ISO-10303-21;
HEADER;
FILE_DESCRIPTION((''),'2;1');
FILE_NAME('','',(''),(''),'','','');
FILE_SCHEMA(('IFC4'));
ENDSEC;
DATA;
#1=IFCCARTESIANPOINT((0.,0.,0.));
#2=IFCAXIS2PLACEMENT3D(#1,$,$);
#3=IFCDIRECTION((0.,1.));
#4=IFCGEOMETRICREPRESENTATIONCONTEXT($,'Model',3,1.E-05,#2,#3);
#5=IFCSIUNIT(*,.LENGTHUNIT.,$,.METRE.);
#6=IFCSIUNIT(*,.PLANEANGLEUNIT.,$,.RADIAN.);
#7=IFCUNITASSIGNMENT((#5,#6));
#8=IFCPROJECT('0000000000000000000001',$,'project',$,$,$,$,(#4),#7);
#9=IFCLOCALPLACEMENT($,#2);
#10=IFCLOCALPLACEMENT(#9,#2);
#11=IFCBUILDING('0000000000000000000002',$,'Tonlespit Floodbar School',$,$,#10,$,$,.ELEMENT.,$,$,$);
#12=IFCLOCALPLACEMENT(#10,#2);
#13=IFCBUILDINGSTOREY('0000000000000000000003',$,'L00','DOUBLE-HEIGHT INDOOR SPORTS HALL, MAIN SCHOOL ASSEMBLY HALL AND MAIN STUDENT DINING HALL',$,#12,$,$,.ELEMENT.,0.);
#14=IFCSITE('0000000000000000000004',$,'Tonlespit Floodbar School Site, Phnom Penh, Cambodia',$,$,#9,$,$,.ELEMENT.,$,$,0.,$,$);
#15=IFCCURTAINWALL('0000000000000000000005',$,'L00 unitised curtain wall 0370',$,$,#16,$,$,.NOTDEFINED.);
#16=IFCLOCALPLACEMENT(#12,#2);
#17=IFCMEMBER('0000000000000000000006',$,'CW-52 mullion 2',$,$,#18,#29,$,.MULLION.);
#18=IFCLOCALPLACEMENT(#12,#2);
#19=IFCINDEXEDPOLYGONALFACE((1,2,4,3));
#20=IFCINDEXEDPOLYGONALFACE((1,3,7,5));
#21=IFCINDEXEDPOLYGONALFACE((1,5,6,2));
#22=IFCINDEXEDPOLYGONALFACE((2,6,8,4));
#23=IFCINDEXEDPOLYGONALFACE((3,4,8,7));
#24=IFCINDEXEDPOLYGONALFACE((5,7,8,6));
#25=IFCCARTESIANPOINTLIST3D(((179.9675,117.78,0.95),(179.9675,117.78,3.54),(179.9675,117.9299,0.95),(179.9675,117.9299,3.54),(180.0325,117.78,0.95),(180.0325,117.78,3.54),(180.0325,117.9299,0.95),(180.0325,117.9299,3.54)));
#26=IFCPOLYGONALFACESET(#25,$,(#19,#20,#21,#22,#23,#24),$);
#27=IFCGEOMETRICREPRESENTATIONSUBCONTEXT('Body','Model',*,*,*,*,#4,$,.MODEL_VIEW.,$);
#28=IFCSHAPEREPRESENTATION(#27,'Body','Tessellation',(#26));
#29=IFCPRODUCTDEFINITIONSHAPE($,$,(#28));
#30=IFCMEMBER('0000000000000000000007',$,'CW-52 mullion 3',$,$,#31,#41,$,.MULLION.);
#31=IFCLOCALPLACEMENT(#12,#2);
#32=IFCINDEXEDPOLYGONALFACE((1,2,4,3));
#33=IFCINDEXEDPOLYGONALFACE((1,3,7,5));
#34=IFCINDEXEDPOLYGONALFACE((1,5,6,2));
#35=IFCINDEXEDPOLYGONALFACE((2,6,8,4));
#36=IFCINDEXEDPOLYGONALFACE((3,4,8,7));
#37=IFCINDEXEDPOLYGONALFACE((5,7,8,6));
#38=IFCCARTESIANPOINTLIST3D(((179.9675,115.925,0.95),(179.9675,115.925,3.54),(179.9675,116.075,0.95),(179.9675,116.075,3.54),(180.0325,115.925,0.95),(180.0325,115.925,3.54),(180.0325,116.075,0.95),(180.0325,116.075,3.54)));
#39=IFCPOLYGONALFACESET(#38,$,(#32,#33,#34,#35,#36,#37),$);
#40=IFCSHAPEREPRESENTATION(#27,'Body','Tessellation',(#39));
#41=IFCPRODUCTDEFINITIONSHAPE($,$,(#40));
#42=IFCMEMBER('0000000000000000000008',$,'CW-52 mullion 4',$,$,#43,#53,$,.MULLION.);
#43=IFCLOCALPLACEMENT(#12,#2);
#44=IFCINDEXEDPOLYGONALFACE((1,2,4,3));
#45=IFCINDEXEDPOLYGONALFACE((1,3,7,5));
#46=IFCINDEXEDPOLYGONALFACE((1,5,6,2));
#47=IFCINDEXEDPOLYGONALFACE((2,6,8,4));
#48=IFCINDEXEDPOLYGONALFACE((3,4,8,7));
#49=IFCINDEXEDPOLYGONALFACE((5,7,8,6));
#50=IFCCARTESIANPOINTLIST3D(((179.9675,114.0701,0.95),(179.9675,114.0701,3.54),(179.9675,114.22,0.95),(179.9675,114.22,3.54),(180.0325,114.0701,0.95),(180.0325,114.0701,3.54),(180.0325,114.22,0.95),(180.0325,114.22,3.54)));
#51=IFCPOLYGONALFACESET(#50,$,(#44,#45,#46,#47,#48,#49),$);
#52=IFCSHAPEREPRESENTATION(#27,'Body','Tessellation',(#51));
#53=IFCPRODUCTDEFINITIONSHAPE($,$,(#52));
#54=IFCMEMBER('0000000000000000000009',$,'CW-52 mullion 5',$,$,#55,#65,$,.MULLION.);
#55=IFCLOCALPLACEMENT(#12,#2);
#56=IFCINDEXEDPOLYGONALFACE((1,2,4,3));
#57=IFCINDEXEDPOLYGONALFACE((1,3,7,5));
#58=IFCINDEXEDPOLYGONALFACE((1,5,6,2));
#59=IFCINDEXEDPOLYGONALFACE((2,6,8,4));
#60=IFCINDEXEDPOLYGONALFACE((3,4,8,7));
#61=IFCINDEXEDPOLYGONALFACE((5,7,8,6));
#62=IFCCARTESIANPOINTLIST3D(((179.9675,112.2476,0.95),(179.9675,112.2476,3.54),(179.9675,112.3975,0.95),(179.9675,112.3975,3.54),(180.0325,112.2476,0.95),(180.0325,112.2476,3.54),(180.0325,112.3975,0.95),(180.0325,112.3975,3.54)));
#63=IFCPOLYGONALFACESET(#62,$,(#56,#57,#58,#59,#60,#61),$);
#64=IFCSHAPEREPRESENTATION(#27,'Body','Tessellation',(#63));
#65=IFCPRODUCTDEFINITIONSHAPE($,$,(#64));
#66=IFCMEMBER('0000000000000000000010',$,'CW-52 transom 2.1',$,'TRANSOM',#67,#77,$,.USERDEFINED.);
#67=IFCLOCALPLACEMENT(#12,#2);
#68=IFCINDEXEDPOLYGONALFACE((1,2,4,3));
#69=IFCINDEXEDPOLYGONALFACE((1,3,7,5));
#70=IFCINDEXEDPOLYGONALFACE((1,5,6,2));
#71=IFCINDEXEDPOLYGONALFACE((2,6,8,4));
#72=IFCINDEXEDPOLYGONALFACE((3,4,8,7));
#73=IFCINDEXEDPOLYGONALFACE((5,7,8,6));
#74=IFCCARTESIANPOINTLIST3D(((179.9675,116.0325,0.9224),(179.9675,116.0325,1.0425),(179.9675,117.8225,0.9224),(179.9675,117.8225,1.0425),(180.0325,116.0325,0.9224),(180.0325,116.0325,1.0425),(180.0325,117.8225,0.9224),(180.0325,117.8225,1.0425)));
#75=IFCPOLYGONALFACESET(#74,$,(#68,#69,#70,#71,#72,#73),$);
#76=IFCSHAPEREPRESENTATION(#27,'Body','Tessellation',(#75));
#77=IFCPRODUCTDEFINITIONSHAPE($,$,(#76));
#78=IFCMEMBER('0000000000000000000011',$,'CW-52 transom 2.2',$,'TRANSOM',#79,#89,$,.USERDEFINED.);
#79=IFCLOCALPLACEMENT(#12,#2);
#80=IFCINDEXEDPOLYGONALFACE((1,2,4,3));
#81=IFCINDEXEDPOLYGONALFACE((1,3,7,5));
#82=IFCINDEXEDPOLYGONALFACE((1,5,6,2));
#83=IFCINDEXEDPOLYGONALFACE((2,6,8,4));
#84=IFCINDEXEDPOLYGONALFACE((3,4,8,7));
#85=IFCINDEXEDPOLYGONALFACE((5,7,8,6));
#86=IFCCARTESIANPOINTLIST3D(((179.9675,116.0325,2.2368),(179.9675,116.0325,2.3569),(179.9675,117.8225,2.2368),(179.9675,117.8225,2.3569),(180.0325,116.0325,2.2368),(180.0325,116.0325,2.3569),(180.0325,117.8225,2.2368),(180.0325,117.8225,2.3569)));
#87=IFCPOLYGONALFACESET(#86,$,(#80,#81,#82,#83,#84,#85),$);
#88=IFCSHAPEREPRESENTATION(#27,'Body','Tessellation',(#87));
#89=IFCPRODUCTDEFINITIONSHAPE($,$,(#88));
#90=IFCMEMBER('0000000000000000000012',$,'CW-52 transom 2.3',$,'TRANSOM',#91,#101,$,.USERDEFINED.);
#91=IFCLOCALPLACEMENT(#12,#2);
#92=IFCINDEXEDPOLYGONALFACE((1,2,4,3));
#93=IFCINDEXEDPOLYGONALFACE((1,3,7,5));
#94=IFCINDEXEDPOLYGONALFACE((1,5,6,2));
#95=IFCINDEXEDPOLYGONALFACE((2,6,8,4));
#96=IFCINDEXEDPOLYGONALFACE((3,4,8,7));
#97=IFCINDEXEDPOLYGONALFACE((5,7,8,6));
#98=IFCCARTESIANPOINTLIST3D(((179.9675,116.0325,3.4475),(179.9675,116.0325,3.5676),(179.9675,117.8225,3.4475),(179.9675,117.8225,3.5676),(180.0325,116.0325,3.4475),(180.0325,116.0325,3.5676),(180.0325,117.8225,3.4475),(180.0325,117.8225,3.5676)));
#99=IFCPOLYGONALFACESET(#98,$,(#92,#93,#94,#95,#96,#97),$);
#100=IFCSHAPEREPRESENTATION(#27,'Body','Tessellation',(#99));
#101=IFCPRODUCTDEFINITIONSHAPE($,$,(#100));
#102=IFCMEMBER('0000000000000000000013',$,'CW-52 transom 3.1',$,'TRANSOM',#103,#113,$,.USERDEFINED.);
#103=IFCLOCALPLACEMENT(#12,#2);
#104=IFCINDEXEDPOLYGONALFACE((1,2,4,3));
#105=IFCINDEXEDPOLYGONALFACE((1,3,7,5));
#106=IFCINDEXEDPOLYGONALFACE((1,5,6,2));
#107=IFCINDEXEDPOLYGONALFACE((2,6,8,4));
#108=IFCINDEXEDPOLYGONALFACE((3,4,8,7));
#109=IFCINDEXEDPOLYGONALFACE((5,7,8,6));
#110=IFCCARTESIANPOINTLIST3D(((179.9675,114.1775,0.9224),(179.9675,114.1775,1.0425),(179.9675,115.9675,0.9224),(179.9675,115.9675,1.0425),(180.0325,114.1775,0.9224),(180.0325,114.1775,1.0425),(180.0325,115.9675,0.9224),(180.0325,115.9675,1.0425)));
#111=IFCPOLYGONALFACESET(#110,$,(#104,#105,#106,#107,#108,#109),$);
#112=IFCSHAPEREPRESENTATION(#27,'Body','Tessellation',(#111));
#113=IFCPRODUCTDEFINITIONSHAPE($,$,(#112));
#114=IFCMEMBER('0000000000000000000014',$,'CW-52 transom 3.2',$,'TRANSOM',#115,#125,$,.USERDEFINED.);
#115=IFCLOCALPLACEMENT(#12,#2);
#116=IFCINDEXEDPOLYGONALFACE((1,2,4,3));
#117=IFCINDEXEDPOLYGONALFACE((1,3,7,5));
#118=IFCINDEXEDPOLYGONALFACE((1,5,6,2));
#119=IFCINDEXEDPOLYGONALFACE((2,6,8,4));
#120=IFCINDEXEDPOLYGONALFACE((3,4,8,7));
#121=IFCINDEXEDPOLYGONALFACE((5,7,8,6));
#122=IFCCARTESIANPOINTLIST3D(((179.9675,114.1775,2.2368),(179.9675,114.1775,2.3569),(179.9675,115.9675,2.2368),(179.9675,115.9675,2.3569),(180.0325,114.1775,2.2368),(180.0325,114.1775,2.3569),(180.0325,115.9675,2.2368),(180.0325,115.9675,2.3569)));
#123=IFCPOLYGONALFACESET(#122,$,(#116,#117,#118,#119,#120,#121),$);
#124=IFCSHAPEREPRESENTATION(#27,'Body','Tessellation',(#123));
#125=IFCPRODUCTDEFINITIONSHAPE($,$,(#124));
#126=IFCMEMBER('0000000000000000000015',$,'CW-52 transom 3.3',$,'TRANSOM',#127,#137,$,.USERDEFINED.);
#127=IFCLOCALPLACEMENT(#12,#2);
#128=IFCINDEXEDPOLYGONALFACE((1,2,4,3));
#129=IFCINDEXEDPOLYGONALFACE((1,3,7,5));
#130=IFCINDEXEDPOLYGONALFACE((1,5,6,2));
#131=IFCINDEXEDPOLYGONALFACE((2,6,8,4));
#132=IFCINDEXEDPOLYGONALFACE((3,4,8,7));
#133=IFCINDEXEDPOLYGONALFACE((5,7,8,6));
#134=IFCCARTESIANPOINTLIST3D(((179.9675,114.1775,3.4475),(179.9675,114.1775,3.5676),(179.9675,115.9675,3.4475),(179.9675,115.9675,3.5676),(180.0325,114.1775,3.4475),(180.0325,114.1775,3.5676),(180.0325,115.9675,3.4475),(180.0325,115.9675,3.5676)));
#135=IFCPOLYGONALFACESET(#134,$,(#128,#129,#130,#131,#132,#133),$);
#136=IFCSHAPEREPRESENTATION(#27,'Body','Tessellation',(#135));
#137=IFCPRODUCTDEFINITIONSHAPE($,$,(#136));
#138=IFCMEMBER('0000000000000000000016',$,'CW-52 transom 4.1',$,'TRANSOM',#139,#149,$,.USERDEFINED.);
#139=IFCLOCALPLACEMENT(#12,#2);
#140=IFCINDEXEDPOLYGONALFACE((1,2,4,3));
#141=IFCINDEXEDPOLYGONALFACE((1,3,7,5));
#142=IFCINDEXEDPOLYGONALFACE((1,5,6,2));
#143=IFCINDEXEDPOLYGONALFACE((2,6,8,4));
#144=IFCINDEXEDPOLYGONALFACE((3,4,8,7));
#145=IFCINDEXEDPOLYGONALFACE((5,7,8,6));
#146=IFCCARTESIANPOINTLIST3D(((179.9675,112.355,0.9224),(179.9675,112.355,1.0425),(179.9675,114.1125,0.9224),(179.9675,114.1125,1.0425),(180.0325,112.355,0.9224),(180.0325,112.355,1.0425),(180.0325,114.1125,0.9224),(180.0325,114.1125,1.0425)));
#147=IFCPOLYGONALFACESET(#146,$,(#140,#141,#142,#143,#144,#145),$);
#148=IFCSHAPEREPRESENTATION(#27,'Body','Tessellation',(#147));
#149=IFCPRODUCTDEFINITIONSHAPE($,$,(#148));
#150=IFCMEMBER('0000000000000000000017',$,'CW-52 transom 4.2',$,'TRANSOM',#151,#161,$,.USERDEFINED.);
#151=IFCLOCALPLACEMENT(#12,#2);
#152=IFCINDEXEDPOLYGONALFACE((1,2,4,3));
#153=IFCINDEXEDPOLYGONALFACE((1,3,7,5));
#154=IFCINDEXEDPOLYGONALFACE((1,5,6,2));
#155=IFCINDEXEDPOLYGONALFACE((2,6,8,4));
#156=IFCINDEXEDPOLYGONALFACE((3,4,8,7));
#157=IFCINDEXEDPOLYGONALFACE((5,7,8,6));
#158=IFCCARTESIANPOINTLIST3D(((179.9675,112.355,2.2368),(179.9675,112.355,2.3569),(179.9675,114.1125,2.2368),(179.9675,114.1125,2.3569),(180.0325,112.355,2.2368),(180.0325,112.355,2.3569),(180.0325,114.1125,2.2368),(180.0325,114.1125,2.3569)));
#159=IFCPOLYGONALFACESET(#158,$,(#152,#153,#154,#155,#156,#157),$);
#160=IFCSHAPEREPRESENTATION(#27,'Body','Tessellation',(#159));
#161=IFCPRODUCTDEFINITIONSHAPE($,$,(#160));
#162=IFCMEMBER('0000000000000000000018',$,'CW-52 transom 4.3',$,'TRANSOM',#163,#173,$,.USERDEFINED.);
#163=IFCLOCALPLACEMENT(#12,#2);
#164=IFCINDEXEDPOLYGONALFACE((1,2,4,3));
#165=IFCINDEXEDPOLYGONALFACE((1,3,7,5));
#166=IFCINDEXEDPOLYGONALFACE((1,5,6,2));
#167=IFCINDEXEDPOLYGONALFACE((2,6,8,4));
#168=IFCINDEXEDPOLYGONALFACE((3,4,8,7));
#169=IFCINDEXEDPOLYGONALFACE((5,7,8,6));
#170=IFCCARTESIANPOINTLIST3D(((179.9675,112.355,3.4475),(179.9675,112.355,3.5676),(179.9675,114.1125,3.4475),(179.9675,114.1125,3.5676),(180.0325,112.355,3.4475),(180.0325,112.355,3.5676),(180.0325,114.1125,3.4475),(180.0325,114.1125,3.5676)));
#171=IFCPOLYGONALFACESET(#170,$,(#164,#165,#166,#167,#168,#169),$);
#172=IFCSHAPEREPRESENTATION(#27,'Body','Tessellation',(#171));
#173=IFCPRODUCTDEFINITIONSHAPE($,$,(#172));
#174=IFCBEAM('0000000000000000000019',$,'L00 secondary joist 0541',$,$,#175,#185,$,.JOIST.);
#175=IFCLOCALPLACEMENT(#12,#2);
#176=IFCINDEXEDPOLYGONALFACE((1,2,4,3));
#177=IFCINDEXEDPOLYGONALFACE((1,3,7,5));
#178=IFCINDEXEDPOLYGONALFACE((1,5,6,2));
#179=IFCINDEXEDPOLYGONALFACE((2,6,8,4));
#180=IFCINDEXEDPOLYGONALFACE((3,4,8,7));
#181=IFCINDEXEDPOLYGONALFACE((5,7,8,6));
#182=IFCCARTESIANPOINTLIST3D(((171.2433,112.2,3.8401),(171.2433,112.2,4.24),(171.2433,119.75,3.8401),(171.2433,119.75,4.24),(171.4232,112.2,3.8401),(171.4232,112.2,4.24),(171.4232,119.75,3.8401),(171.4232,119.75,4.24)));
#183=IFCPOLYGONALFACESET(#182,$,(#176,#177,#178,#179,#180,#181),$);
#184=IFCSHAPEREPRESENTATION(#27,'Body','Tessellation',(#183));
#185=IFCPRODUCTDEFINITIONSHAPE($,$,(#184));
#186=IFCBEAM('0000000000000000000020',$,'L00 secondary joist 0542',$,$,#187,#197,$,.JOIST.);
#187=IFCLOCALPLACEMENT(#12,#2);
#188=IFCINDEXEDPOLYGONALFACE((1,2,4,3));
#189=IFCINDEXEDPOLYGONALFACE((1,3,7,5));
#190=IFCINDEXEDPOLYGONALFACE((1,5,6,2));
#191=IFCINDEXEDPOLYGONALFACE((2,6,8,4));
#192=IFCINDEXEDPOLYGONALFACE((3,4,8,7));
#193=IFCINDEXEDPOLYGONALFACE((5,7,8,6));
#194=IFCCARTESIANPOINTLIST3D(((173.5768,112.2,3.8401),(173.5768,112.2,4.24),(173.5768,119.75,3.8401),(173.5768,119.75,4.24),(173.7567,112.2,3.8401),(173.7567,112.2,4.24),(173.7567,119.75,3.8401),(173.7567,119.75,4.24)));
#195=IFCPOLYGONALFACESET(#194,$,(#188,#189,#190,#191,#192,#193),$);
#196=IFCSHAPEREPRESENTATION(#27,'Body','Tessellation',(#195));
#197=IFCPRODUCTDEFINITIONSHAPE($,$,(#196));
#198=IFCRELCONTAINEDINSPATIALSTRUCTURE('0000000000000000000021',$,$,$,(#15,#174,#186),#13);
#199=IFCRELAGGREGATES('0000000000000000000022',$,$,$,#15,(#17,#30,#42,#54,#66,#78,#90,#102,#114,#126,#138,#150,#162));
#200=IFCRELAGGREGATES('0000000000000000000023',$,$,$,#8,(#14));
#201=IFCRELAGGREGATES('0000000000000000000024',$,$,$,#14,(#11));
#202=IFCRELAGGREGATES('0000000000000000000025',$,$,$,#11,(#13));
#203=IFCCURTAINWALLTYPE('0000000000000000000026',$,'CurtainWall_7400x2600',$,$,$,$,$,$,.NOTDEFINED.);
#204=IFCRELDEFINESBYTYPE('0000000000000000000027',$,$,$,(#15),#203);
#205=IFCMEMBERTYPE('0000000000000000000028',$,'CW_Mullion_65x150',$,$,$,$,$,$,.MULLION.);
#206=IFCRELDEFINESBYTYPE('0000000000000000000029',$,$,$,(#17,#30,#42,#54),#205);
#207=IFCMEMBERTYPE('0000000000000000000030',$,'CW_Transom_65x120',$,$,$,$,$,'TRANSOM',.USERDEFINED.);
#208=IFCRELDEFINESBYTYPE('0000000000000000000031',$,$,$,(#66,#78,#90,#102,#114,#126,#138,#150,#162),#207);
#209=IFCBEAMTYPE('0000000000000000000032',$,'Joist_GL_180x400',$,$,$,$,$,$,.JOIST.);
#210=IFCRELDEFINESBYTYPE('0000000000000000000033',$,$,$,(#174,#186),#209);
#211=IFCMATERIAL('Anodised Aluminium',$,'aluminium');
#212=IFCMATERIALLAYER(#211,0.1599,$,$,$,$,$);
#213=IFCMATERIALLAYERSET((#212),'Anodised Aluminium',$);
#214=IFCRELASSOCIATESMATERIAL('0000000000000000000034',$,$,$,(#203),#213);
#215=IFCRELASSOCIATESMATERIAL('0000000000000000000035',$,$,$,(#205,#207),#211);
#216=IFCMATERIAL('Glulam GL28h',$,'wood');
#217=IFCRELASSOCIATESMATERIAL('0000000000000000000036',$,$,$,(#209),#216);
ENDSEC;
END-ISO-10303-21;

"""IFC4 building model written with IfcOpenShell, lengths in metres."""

from ifc_helpers import new_model, si_unit, direction, frame, origin, origin_2d, place, context, subcontext, project, spatial, rectangle, extrude, material, layer, layer_set, material_profile, profile_set, type_object, element, aggregate, save


model = new_model("IFC4")

# Units and contexts
model_context = context("Model", 3, precision=1e-05, world=origin(), true_north=direction((0.0, 1.0)))
body_context = subcontext(model_context, "Body", "Model", "MODEL_VIEW")
ifc_project = project(units=[si_unit("LENGTHUNIT", "METRE"), si_unit("PLANEANGLEUNIT", "RADIAN")], contexts=[model_context])

# Site, building, storey
site_placement = place(None, origin())
site = spatial("IfcSite", under=ifc_project, at=site_placement, Name="Tonlespit Floodbar School Site, Phnom Penh, Cambodia", CompositionType="ELEMENT", RefElevation=0.0)
building_placement = place(site_placement, origin())
building = spatial("IfcBuilding", under=site, at=building_placement, Name="Tonlespit Floodbar School", CompositionType="ELEMENT")
storey_placement = place(building_placement, origin())
storey = spatial("IfcBuildingStorey", under=building, at=storey_placement, Name="L00", Description="DOUBLE-HEIGHT INDOOR SPORTS HALL, MAIN SCHOOL ASSEMBLY HALL AND MAIN STUDENT DINING HALL", CompositionType="ELEMENT", Elevation=0.0)

# Curtain wall, members
ifc_material_1 = material(Name="Anodised Aluminium", Category="aluminium")
ifc_layer_1 = layer(ifc_material_1, 0.1599)
ifc_layer_set_1 = layer_set([ifc_layer_1], Name="Anodised Aluminium")
curtain_wall_type = type_object("IfcCurtainWallType", Name="CurtainWall_7400x2600", PredefinedType="NOTDEFINED", material=ifc_layer_set_1)
curtain_wall_placement = place(storey_placement, origin())
curtain_wall = element("IfcCurtainWall", 1, at=curtain_wall_placement, inside=storey, type_object=curtain_wall_type, Name="L00 unitised curtain wall 0370", PredefinedType="NOTDEFINED")
ifc_material_profile_1 = material_profile(ifc_material_1, rectangle(XDim=0.0649, YDim=0.1499, at=origin_2d()), Name="ALU M65x150")
ifc_profile_set_1 = profile_set([ifc_material_profile_1], Name="Anodised Aluminium")
member_type_1 = type_object("IfcMemberType", Name="CW_Mullion_65x150", PredefinedType="MULLION", material=ifc_profile_set_1)
member_1_placement = place(storey_placement, frame((180.0, 117.855, 0.95), z_axis=(0.0, 0.0, 1.0), x_axis=(1.0, 0.0, 0.0)))
member_1 = element("IfcMember", 2, at=member_1_placement, type_object=member_type_1, Name="CW-52 mullion 2", PredefinedType="MULLION", context=body_context, shape_type="SweptSolid", body=[
    extrude(rectangle(XDim=0.0649, YDim=0.1499, at=origin_2d()), origin(), (0.0, 0.0, 1.0), 2.5901),
])
member_2_placement = place(storey_placement, frame((180.0, 116.0, 0.95), z_axis=(0.0, 0.0, 1.0), x_axis=(1.0, 0.0, 0.0)))
member_2 = element("IfcMember", 3, at=member_2_placement, type_object=member_type_1, Name="CW-52 mullion 3", PredefinedType="MULLION", context=body_context, shape_type="SweptSolid", body=[
    extrude(rectangle(XDim=0.0649, YDim=0.1499, at=origin_2d()), origin(), (0.0, 0.0, 1.0), 2.5901),
])
member_3_placement = place(storey_placement, frame((180.0, 114.145, 0.95), z_axis=(0.0, 0.0, 1.0), x_axis=(1.0, 0.0, 0.0)))
member_3 = element("IfcMember", 4, at=member_3_placement, type_object=member_type_1, Name="CW-52 mullion 4", PredefinedType="MULLION", context=body_context, shape_type="SweptSolid", body=[
    extrude(rectangle(XDim=0.0649, YDim=0.1499, at=origin_2d()), origin(), (0.0, 0.0, 1.0), 2.5901),
])
member_4_placement = place(storey_placement, frame((180.0, 112.3225, 0.95), z_axis=(0.0, 0.0, 1.0), x_axis=(1.0, 0.0, 0.0)))
member_4 = element("IfcMember", 5, at=member_4_placement, type_object=member_type_1, Name="CW-52 mullion 5", PredefinedType="MULLION", context=body_context, shape_type="SweptSolid", body=[
    extrude(rectangle(XDim=0.0649, YDim=0.1499, at=origin_2d()), origin(), (0.0, 0.0, 1.0), 2.5901),
])
ifc_material_profile_2 = material_profile(ifc_material_1, rectangle(XDim=0.0649, YDim=0.1201, at=origin_2d()), Name="ALU T65x120")
ifc_profile_set_2 = profile_set([ifc_material_profile_2], Name="Anodised Aluminium")
member_type_2 = type_object("IfcMemberType", Name="CW_Transom_65x120", ElementType="TRANSOM", PredefinedType="USERDEFINED", material=ifc_profile_set_2)
member_5_placement = place(storey_placement, frame((180.0, 117.8225, 0.9824), z_axis=(0.0, -1.0, 0.0), x_axis=(1.0, 0.0, 0.0)))
member_5 = element("IfcMember", 6, at=member_5_placement, type_object=member_type_2, Name="CW-52 transom 2.1", ObjectType="TRANSOM", PredefinedType="USERDEFINED", context=body_context, shape_type="SweptSolid", body=[
    extrude(rectangle(XDim=0.0649, YDim=0.1201, at=origin_2d()), origin(), (0.0, 0.0, 1.0), 1.79),
])
member_6_placement = place(storey_placement, frame((180.0, 117.8225, 2.2969), z_axis=(0.0, -1.0, 0.0), x_axis=(1.0, 0.0, 0.0)))
member_6 = element("IfcMember", 7, at=member_6_placement, type_object=member_type_2, Name="CW-52 transom 2.2", ObjectType="TRANSOM", PredefinedType="USERDEFINED", context=body_context, shape_type="SweptSolid", body=[
    extrude(rectangle(XDim=0.0649, YDim=0.1201, at=origin_2d()), origin(), (0.0, 0.0, 1.0), 1.79),
])
member_7_placement = place(storey_placement, frame((180.0, 117.8225, 3.5076), z_axis=(0.0, -1.0, 0.0), x_axis=(1.0, 0.0, 0.0)))
member_7 = element("IfcMember", 8, at=member_7_placement, type_object=member_type_2, Name="CW-52 transom 2.3", ObjectType="TRANSOM", PredefinedType="USERDEFINED", context=body_context, shape_type="SweptSolid", body=[
    extrude(rectangle(XDim=0.0649, YDim=0.1201, at=origin_2d()), origin(), (0.0, 0.0, 1.0), 1.79),
])
member_8_placement = place(storey_placement, frame((180.0, 115.9675, 0.9824), z_axis=(0.0, -1.0, 0.0), x_axis=(1.0, 0.0, 0.0)))
member_8 = element("IfcMember", 9, at=member_8_placement, type_object=member_type_2, Name="CW-52 transom 3.1", ObjectType="TRANSOM", PredefinedType="USERDEFINED", context=body_context, shape_type="SweptSolid", body=[
    extrude(rectangle(XDim=0.0649, YDim=0.1201, at=origin_2d()), origin(), (0.0, 0.0, 1.0), 1.79),
])
member_9_placement = place(storey_placement, frame((180.0, 115.9675, 2.2969), z_axis=(0.0, -1.0, 0.0), x_axis=(1.0, 0.0, 0.0)))
member_9 = element("IfcMember", 10, at=member_9_placement, type_object=member_type_2, Name="CW-52 transom 3.2", ObjectType="TRANSOM", PredefinedType="USERDEFINED", context=body_context, shape_type="SweptSolid", body=[
    extrude(rectangle(XDim=0.0649, YDim=0.1201, at=origin_2d()), origin(), (0.0, 0.0, 1.0), 1.79),
])
member_10_placement = place(storey_placement, frame((180.0, 115.9675, 3.5076), z_axis=(0.0, -1.0, 0.0), x_axis=(1.0, 0.0, 0.0)))
member_10 = element("IfcMember", 11, at=member_10_placement, type_object=member_type_2, Name="CW-52 transom 3.3", ObjectType="TRANSOM", PredefinedType="USERDEFINED", context=body_context, shape_type="SweptSolid", body=[
    extrude(rectangle(XDim=0.0649, YDim=0.1201, at=origin_2d()), origin(), (0.0, 0.0, 1.0), 1.79),
])
member_11_placement = place(storey_placement, frame((180.0, 114.1125, 0.9824), z_axis=(0.0, -1.0, 0.0), x_axis=(1.0, 0.0, 0.0)))
member_11 = element("IfcMember", 12, at=member_11_placement, type_object=member_type_2, Name="CW-52 transom 4.1", ObjectType="TRANSOM", PredefinedType="USERDEFINED", context=body_context, shape_type="SweptSolid", body=[
    extrude(rectangle(XDim=0.0649, YDim=0.1201, at=origin_2d()), origin(), (0.0, 0.0, 1.0), 1.7576),
])
member_12_placement = place(storey_placement, frame((180.0, 114.1125, 2.2969), z_axis=(0.0, -1.0, 0.0), x_axis=(1.0, 0.0, 0.0)))
member_12 = element("IfcMember", 13, at=member_12_placement, type_object=member_type_2, Name="CW-52 transom 4.2", ObjectType="TRANSOM", PredefinedType="USERDEFINED", context=body_context, shape_type="SweptSolid", body=[
    extrude(rectangle(XDim=0.0649, YDim=0.1201, at=origin_2d()), origin(), (0.0, 0.0, 1.0), 1.7576),
])
member_13_placement = place(storey_placement, frame((180.0, 114.1125, 3.5076), z_axis=(0.0, -1.0, 0.0), x_axis=(1.0, 0.0, 0.0)))
member_13 = element("IfcMember", 14, at=member_13_placement, type_object=member_type_2, Name="CW-52 transom 4.3", ObjectType="TRANSOM", PredefinedType="USERDEFINED", context=body_context, shape_type="SweptSolid", body=[
    extrude(rectangle(XDim=0.0649, YDim=0.1201, at=origin_2d()), origin(), (0.0, 0.0, 1.0), 1.7576),
])

# Beams
ifc_material_2 = material(Name="Glulam GL28h", Category="wood")
ifc_material_profile_3 = material_profile(ifc_material_2, rectangle(XDim=0.1799, YDim=0.3999, at=origin_2d()), Name="GL 180x400")
ifc_profile_set_3 = profile_set([ifc_material_profile_3], Name="Glulam GL28h")
beam_type_1 = type_object("IfcBeamType", Name="Joist_GL_180x400", PredefinedType="JOIST", material=ifc_profile_set_3)
for number, where, z_axis, x_axis, name in (
    (15, (171.3333, 112.2, 4.04), (0.0, 1.0, 0.0), (-1.0, 0.0, 0.0), "L00 secondary joist 0541"),
    (16, (173.6667, 112.2, 4.04), (0.0, 1.0, 0.0), (-1.0, 0.0, 0.0), "L00 secondary joist 0542"),
):
    element("IfcBeam", number, at=place(storey_placement, frame(where, z_axis=z_axis, x_axis=x_axis)), inside=storey, type_object=beam_type_1, Name=name, PredefinedType="JOIST", context=body_context, shape_type="SweptSolid", body=[
        extrude(rectangle(XDim=0.1799, YDim=0.3999, at=origin_2d()), origin(), (0.0, 0.0, 1.0), 7.55),
    ])

aggregate(curtain_wall, [member_1, member_2, member_3, member_4, member_5, member_6, member_7, member_8, member_9, member_10, member_11, member_12, member_13])

save(model, "model.ifc")
